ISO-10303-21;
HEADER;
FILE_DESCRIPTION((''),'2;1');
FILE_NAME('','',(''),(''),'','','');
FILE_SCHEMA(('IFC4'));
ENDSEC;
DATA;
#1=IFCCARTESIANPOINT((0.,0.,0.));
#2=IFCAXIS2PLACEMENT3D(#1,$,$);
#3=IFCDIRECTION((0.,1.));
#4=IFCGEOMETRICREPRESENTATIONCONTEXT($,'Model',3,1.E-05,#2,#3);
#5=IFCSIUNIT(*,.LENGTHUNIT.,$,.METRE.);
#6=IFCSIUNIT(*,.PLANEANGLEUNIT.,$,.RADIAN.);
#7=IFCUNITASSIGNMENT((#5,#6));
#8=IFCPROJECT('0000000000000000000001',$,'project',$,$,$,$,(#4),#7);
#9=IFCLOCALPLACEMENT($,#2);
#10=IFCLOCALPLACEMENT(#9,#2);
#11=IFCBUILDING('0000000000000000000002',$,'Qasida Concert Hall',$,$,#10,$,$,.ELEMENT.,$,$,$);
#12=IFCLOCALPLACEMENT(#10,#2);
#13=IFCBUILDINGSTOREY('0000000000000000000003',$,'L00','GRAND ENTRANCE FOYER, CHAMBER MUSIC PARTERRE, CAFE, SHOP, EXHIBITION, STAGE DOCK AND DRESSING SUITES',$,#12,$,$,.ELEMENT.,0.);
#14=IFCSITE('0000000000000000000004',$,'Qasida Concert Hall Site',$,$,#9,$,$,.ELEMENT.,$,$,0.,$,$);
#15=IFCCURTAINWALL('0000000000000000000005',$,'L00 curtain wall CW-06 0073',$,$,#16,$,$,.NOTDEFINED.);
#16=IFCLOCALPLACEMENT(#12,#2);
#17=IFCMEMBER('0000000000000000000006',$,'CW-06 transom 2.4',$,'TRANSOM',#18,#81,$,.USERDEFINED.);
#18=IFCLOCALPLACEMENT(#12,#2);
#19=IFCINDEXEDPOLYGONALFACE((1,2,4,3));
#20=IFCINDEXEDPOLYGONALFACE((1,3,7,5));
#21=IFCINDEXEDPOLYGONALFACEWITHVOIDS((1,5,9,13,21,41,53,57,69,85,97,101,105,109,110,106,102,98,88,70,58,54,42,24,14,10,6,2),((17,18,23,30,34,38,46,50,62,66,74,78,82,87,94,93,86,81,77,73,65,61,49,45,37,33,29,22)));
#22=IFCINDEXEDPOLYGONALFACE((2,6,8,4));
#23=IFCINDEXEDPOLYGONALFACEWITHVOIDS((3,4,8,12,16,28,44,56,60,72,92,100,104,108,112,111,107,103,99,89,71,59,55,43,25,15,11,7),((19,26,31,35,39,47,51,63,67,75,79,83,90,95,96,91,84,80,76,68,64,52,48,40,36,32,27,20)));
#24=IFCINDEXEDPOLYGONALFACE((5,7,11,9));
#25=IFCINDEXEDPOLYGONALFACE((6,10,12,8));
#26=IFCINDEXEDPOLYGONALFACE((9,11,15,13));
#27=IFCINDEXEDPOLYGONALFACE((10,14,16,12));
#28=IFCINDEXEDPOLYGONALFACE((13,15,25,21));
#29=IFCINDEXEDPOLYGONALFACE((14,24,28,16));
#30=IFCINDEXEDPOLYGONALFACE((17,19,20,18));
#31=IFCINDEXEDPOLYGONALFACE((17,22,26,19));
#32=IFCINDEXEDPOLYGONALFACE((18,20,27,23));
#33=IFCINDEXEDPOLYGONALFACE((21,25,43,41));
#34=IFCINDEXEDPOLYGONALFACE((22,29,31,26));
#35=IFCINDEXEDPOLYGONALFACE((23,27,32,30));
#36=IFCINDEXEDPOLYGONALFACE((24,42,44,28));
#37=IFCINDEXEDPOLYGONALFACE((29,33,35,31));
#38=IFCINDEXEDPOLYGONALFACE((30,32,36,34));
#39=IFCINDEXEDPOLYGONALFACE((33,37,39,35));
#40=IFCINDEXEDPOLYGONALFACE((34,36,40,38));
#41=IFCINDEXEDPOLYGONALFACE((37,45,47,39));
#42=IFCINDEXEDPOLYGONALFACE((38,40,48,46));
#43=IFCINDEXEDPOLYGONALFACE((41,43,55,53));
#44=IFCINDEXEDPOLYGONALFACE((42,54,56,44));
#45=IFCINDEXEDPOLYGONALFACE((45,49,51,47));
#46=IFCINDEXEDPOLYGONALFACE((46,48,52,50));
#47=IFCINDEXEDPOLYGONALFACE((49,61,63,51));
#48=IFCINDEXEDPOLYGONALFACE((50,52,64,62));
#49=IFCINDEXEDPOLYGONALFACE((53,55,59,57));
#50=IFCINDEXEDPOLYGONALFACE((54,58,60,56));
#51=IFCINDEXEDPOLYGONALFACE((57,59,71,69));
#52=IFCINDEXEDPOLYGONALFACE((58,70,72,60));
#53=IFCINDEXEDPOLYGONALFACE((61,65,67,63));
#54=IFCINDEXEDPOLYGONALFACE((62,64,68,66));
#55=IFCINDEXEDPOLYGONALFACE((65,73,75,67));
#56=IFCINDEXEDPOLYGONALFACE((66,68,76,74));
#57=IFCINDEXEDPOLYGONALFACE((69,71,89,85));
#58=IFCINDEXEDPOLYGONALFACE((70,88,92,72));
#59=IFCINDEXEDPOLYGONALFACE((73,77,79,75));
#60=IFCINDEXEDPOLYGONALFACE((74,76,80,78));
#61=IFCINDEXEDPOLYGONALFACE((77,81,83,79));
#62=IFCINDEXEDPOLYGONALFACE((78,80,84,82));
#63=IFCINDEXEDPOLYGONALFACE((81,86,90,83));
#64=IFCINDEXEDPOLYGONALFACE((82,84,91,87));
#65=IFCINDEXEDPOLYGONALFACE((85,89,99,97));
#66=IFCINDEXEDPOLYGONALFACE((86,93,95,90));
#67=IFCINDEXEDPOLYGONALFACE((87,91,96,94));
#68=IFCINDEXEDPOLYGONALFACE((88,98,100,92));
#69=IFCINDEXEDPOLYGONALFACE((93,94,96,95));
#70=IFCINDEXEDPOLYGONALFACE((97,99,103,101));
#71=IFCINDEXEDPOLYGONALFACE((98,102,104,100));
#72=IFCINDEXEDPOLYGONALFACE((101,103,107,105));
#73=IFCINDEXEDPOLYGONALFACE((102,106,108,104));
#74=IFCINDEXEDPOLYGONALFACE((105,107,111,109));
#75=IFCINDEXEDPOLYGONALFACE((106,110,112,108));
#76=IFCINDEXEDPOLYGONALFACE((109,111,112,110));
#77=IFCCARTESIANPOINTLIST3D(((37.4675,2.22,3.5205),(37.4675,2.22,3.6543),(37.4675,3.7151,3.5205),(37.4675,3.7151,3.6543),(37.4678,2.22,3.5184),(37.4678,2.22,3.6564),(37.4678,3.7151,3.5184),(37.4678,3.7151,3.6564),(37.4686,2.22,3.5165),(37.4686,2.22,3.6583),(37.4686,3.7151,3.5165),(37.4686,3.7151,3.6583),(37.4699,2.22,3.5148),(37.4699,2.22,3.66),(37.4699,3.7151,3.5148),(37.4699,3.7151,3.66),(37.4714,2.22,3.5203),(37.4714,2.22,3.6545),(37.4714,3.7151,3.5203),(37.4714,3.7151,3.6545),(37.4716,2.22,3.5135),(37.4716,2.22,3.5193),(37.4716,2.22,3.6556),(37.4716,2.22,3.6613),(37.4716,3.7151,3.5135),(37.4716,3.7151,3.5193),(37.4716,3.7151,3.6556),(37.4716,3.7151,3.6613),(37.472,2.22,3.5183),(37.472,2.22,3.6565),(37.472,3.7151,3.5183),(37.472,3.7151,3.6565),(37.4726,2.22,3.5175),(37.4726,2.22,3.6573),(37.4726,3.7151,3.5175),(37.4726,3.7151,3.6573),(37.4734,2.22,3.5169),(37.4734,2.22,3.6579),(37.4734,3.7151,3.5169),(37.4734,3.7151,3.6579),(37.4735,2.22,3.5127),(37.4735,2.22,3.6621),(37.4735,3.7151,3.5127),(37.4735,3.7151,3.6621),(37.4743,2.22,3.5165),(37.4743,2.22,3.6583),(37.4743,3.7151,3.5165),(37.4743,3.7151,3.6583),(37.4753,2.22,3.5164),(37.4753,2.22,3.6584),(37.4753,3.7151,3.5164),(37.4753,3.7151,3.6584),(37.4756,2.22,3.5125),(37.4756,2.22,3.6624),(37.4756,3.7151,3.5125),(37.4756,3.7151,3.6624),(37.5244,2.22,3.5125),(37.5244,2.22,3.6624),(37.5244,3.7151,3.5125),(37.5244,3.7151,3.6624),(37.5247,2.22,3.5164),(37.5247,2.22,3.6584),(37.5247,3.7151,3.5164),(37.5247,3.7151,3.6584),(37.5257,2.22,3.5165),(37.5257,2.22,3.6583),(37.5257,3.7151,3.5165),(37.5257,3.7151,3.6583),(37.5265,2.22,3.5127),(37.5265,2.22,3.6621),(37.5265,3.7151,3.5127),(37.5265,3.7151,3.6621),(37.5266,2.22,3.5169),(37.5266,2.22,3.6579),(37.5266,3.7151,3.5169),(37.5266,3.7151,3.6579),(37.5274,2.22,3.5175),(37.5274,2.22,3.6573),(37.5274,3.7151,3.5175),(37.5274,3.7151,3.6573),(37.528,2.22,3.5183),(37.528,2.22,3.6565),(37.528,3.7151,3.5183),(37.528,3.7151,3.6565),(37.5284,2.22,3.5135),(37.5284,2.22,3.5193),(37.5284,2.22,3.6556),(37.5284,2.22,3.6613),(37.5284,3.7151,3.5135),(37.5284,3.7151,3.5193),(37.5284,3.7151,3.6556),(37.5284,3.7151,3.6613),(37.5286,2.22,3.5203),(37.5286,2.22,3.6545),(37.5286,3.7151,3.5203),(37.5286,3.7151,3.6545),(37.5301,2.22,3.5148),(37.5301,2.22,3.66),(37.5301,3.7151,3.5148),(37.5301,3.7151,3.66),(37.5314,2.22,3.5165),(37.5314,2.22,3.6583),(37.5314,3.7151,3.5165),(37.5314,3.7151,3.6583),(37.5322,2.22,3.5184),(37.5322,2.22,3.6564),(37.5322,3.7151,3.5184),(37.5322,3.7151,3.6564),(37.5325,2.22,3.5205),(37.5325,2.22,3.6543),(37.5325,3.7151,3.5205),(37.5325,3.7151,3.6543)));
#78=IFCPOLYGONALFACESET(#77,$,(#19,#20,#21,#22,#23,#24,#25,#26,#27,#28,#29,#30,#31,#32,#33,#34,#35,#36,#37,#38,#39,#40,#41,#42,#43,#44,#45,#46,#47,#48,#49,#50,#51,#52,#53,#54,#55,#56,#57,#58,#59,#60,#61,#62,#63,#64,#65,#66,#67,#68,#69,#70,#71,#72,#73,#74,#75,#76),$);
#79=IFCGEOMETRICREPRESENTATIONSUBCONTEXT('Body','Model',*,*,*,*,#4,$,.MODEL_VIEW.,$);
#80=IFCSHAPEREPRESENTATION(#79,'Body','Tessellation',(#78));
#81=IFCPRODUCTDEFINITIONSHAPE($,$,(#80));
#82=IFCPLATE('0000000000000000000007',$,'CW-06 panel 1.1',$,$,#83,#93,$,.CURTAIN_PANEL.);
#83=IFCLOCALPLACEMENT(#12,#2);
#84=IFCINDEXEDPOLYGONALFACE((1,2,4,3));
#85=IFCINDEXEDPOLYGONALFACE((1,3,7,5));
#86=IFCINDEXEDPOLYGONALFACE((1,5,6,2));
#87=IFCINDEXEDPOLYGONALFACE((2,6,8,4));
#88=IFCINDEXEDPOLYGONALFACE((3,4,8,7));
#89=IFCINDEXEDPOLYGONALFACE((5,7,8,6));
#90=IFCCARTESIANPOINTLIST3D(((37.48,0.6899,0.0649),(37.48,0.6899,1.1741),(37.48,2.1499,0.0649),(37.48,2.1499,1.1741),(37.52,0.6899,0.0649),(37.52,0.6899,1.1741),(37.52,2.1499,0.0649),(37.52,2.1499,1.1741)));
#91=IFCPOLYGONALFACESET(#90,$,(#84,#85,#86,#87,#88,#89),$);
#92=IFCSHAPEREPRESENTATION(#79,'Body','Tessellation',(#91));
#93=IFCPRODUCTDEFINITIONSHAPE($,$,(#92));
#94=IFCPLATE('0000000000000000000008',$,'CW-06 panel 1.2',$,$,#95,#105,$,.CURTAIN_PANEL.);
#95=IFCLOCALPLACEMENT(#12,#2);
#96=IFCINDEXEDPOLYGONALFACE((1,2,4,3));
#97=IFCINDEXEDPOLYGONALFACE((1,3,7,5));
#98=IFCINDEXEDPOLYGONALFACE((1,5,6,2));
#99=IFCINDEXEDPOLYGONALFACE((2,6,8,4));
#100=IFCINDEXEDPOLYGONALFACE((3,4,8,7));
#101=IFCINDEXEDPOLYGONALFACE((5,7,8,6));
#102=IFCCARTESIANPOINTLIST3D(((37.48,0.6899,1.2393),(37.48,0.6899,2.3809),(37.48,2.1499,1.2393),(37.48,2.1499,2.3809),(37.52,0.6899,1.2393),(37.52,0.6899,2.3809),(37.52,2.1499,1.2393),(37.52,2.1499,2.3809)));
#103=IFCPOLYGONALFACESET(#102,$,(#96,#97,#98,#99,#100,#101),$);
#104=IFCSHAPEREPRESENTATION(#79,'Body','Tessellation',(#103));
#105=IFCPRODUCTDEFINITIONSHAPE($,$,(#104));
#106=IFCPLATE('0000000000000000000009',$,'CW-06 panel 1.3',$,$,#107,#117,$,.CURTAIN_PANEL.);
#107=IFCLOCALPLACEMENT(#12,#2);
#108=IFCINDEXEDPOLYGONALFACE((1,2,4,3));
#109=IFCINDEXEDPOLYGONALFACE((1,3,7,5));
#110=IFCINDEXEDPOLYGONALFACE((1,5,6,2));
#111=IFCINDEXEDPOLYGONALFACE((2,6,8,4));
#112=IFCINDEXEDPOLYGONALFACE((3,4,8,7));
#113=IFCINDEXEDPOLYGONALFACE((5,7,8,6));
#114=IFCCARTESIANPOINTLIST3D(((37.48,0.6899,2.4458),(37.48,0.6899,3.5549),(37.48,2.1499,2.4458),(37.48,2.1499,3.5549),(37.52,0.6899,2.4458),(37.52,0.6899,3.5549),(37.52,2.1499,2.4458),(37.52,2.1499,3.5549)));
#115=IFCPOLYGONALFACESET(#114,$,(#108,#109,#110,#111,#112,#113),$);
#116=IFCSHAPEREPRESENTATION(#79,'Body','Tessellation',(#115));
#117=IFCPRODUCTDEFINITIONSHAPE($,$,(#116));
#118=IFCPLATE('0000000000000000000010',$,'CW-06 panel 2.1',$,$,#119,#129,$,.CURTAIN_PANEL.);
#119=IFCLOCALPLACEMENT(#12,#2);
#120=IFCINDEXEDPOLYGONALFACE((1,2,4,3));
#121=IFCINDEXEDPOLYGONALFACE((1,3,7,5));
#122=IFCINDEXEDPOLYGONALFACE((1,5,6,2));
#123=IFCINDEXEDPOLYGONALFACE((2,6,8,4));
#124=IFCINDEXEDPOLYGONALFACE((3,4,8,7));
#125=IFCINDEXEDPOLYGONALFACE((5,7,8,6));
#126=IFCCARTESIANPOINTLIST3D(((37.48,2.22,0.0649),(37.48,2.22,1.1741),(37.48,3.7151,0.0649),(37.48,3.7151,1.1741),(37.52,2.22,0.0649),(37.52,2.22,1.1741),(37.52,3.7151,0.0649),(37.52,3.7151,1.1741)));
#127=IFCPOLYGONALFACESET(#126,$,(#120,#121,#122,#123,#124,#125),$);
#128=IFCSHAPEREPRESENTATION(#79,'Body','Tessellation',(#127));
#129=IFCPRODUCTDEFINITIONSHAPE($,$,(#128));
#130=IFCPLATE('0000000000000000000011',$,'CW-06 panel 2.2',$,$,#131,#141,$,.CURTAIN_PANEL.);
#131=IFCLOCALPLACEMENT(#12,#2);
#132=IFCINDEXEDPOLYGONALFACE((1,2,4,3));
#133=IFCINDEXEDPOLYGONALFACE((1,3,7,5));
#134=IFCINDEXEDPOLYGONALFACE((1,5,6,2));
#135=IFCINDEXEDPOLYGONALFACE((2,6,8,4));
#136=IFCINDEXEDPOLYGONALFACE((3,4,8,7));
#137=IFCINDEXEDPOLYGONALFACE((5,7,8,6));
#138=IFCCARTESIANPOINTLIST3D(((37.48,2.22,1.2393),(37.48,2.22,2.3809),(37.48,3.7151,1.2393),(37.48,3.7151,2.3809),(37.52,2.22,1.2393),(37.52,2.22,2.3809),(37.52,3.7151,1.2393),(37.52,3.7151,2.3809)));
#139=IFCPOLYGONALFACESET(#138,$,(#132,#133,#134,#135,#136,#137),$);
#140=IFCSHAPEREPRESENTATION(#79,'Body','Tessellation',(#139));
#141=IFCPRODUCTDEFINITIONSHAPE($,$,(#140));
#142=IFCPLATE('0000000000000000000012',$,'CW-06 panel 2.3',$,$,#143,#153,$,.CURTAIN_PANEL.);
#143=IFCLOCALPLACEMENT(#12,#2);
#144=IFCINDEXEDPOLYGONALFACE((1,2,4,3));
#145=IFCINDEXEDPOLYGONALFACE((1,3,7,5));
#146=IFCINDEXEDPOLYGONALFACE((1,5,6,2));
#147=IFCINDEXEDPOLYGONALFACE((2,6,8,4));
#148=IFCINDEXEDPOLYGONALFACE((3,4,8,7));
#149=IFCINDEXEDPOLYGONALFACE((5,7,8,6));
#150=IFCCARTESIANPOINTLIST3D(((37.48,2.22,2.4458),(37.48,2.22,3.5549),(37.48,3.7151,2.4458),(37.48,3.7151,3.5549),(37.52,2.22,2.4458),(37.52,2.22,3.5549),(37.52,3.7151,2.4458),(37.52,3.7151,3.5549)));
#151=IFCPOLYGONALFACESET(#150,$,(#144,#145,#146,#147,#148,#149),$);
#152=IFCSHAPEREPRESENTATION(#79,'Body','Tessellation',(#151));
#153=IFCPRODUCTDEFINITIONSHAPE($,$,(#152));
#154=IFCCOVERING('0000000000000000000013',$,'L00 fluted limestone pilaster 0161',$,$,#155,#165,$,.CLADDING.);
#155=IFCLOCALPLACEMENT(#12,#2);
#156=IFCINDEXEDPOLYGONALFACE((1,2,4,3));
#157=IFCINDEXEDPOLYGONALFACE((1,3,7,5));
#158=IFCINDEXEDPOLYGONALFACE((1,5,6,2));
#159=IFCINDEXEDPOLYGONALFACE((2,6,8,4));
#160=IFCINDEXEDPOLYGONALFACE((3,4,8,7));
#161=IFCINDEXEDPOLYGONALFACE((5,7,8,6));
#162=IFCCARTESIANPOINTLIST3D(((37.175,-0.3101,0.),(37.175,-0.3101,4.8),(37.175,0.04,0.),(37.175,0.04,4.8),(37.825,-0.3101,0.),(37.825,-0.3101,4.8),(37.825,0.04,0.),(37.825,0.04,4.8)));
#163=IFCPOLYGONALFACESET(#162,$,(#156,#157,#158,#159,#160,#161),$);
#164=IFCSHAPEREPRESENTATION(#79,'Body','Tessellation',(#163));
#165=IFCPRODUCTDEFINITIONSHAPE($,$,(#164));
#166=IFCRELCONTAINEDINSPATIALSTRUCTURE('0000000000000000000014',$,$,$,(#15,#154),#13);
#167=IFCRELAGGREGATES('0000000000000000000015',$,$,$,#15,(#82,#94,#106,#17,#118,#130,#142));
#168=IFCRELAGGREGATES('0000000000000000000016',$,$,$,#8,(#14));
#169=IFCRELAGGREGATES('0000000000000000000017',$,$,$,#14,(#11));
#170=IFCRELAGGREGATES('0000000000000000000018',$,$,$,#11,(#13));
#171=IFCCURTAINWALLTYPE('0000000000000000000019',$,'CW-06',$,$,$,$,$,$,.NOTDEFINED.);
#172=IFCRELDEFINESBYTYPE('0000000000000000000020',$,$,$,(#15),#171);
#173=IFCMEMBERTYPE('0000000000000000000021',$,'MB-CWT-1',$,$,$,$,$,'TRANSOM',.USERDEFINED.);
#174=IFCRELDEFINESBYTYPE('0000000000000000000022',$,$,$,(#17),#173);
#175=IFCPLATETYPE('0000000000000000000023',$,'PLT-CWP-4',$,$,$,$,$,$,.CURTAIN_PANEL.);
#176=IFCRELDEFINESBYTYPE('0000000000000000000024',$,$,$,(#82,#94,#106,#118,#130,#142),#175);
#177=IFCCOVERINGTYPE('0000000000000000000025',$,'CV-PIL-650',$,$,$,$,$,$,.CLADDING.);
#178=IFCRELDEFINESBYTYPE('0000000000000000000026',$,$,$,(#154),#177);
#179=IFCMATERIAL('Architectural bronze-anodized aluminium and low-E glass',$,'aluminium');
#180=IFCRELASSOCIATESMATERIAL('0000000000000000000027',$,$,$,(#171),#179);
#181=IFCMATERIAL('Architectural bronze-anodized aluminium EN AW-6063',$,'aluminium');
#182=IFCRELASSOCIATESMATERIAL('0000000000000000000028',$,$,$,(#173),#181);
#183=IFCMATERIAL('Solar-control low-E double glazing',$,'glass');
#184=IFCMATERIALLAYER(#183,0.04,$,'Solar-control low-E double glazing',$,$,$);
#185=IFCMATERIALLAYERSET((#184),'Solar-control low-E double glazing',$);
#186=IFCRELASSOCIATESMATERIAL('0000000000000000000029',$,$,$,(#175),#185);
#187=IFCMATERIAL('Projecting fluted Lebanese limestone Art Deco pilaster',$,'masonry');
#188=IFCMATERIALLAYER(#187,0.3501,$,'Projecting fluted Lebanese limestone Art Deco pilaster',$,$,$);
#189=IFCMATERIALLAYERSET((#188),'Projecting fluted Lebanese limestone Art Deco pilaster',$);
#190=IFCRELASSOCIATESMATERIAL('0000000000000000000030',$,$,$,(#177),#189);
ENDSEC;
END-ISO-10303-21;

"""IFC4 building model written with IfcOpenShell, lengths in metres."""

from ifc_helpers import new_model, si_unit, direction, frame, origin, origin_2d, place, context, subcontext, project, spatial, rectangle, hollow_rectangle, extrude, material, layer, layer_set, material_profile, profile_set, type_object, element, aggregate, save


model = new_model("IFC4")

# Units and contexts
model_context = context("Model", 3, precision=1e-05, world=origin(), true_north=direction((0.0, 1.0)))
body_context = subcontext(model_context, "Body", "Model", "MODEL_VIEW")
ifc_project = project(units=[si_unit("LENGTHUNIT", "METRE"), si_unit("PLANEANGLEUNIT", "RADIAN")], contexts=[model_context])

# Site, building, storey
site_placement = place(None, origin())
site = spatial("IfcSite", under=ifc_project, at=site_placement, Name="Qasida Concert Hall Site", CompositionType="ELEMENT", RefElevation=0.0)
building_placement = place(site_placement, origin())
building = spatial("IfcBuilding", under=site, at=building_placement, Name="Qasida Concert Hall", CompositionType="ELEMENT")
storey_placement = place(building_placement, origin())
storey = spatial("IfcBuildingStorey", under=building, at=storey_placement, Name="L00", Description="GRAND ENTRANCE FOYER, CHAMBER MUSIC PARTERRE, CAFE, SHOP, EXHIBITION, STAGE DOCK AND DRESSING SUITES", CompositionType="ELEMENT", Elevation=0.0)

# Curtain wall, member, plates
ifc_material_1 = material(Name="Architectural bronze-anodized aluminium and low-E glass", Category="aluminium")
curtain_wall_type = type_object("IfcCurtainWallType", Name="CW-06", PredefinedType="NOTDEFINED", material=ifc_material_1)
curtain_wall_placement = place(storey_placement, origin())
curtain_wall = element("IfcCurtainWall", 1, at=curtain_wall_placement, inside=storey, type_object=curtain_wall_type, Name="L00 curtain wall CW-06 0073", PredefinedType="NOTDEFINED")
ifc_material_2 = material(Name="Architectural bronze-anodized aluminium EN AW-6063", Category="aluminium")
ifc_material_profile_1 = material_profile(ifc_material_2, hollow_rectangle(XDim=0.0649, YDim=0.1499, WallThickness=0.0039, InnerFilletRadius=0.0039, OuterFilletRadius=0.0081, at=origin_2d()), Name="CWT 150x65x4")
ifc_profile_set_1 = profile_set([ifc_material_profile_1], Name="Architectural bronze-anodized aluminium EN AW-6063")
member_type_1 = type_object("IfcMemberType", Name="MB-CWT-1", ElementType="TRANSOM", PredefinedType="USERDEFINED", material=ifc_profile_set_1)
member_1_placement = place(storey_placement, frame((37.5, 2.22, 3.5874), z_axis=(0.0, 1.0, 0.0), x_axis=(-1.0, 0.0, 0.0)))
member_1 = element("IfcMember", 2, at=member_1_placement, type_object=member_type_1, Name="CW-06 transom 2.4", ObjectType="TRANSOM", PredefinedType="USERDEFINED", context=body_context, shape_type="SweptSolid", body=[
    extrude(hollow_rectangle(XDim=0.0649, YDim=0.1499, WallThickness=0.0039, InnerFilletRadius=0.0039, OuterFilletRadius=0.0081, at=origin_2d()), origin(), (0.0, 0.0, 1.0), 1.4951),
])
ifc_material_3 = material(Name="Solar-control low-E double glazing", Category="glass")
ifc_layer_1 = layer(ifc_material_3, 0.04, Name="Solar-control low-E double glazing")
ifc_layer_set_1 = layer_set([ifc_layer_1], Name="Solar-control low-E double glazing")
plate_type = type_object("IfcPlateType", Name="PLT-CWP-4", PredefinedType="CURTAIN_PANEL", material=ifc_layer_set_1)
plate_1_placement = place(storey_placement, frame((37.5, 1.4199, 0.0649), z_axis=(0.0, 0.0, 1.0), x_axis=(0.0, 1.0, 0.0)))
plate_1 = element("IfcPlate", 3, at=plate_1_placement, type_object=plate_type, Name="CW-06 panel 1.1", PredefinedType="CURTAIN_PANEL", context=body_context, shape_type="SweptSolid", body=[
    extrude(rectangle(XDim=1.46, YDim=0.04, at=origin_2d()), origin(), (0.0, 0.0, 1.0), 1.1091),
])
plate_2_placement = place(storey_placement, frame((37.5, 1.4199, 1.2393), z_axis=(0.0, 0.0, 1.0), x_axis=(0.0, 1.0, 0.0)))
plate_2 = element("IfcPlate", 4, at=plate_2_placement, type_object=plate_type, Name="CW-06 panel 1.2", PredefinedType="CURTAIN_PANEL", context=body_context, shape_type="SweptSolid", body=[
    extrude(rectangle(XDim=1.46, YDim=0.04, at=origin_2d()), origin(), (0.0, 0.0, 1.0), 1.1416),
])
plate_3_placement = place(storey_placement, frame((37.5, 1.4199, 2.4458), z_axis=(0.0, 0.0, 1.0), x_axis=(0.0, 1.0, 0.0)))
plate_3 = element("IfcPlate", 5, at=plate_3_placement, type_object=plate_type, Name="CW-06 panel 1.3", PredefinedType="CURTAIN_PANEL", context=body_context, shape_type="SweptSolid", body=[
    extrude(rectangle(XDim=1.46, YDim=0.04, at=origin_2d()), origin(), (0.0, 0.0, 1.0), 1.1091),
])
plate_4_placement = place(storey_placement, frame((37.5, 2.9675, 0.0649), z_axis=(0.0, 0.0, 1.0), x_axis=(0.0, 1.0, 0.0)))
plate_4 = element("IfcPlate", 6, at=plate_4_placement, type_object=plate_type, Name="CW-06 panel 2.1", PredefinedType="CURTAIN_PANEL", context=body_context, shape_type="SweptSolid", body=[
    extrude(rectangle(XDim=1.4951, YDim=0.04, at=origin_2d()), origin(), (0.0, 0.0, 1.0), 1.1091),
])
plate_5_placement = place(storey_placement, frame((37.5, 2.9675, 1.2393), z_axis=(0.0, 0.0, 1.0), x_axis=(0.0, 1.0, 0.0)))
plate_5 = element("IfcPlate", 7, at=plate_5_placement, type_object=plate_type, Name="CW-06 panel 2.2", PredefinedType="CURTAIN_PANEL", context=body_context, shape_type="SweptSolid", body=[
    extrude(rectangle(XDim=1.4951, YDim=0.04, at=origin_2d()), origin(), (0.0, 0.0, 1.0), 1.1416),
])
plate_6_placement = place(storey_placement, frame((37.5, 2.9675, 2.4458), z_axis=(0.0, 0.0, 1.0), x_axis=(0.0, 1.0, 0.0)))
plate_6 = element("IfcPlate", 8, at=plate_6_placement, type_object=plate_type, Name="CW-06 panel 2.3", PredefinedType="CURTAIN_PANEL", context=body_context, shape_type="SweptSolid", body=[
    extrude(rectangle(XDim=1.4951, YDim=0.04, at=origin_2d()), origin(), (0.0, 0.0, 1.0), 1.1091),
])
aggregate(curtain_wall, [plate_1, plate_2, plate_3, member_1, plate_4, plate_5, plate_6])

# Covering
ifc_material_4 = material(Name="Projecting fluted Lebanese limestone Art Deco pilaster", Category="masonry")
ifc_layer_2 = layer(ifc_material_4, 0.3501, Name="Projecting fluted Lebanese limestone Art Deco pilaster")
ifc_layer_set_2 = layer_set([ifc_layer_2], Name="Projecting fluted Lebanese limestone Art Deco pilaster")
covering_type = type_object("IfcCoveringType", Name="CV-PIL-650", PredefinedType="CLADDING", material=ifc_layer_set_2)
covering_placement = place(storey_placement, frame((37.5, -0.135, 0.0), z_axis=(0.0, 0.0, 1.0), x_axis=(1.0, 0.0, 0.0)))
element("IfcCovering", 9, at=covering_placement, inside=storey, type_object=covering_type, Name="L00 fluted limestone pilaster 0161", PredefinedType="CLADDING", context=body_context, shape_type="SweptSolid", body=[
    extrude(rectangle(XDim=0.6499, YDim=0.3501, at=origin_2d()), origin(), (0.0, 0.0, 1.0), 4.8),
])

save(model, "model.ifc")
